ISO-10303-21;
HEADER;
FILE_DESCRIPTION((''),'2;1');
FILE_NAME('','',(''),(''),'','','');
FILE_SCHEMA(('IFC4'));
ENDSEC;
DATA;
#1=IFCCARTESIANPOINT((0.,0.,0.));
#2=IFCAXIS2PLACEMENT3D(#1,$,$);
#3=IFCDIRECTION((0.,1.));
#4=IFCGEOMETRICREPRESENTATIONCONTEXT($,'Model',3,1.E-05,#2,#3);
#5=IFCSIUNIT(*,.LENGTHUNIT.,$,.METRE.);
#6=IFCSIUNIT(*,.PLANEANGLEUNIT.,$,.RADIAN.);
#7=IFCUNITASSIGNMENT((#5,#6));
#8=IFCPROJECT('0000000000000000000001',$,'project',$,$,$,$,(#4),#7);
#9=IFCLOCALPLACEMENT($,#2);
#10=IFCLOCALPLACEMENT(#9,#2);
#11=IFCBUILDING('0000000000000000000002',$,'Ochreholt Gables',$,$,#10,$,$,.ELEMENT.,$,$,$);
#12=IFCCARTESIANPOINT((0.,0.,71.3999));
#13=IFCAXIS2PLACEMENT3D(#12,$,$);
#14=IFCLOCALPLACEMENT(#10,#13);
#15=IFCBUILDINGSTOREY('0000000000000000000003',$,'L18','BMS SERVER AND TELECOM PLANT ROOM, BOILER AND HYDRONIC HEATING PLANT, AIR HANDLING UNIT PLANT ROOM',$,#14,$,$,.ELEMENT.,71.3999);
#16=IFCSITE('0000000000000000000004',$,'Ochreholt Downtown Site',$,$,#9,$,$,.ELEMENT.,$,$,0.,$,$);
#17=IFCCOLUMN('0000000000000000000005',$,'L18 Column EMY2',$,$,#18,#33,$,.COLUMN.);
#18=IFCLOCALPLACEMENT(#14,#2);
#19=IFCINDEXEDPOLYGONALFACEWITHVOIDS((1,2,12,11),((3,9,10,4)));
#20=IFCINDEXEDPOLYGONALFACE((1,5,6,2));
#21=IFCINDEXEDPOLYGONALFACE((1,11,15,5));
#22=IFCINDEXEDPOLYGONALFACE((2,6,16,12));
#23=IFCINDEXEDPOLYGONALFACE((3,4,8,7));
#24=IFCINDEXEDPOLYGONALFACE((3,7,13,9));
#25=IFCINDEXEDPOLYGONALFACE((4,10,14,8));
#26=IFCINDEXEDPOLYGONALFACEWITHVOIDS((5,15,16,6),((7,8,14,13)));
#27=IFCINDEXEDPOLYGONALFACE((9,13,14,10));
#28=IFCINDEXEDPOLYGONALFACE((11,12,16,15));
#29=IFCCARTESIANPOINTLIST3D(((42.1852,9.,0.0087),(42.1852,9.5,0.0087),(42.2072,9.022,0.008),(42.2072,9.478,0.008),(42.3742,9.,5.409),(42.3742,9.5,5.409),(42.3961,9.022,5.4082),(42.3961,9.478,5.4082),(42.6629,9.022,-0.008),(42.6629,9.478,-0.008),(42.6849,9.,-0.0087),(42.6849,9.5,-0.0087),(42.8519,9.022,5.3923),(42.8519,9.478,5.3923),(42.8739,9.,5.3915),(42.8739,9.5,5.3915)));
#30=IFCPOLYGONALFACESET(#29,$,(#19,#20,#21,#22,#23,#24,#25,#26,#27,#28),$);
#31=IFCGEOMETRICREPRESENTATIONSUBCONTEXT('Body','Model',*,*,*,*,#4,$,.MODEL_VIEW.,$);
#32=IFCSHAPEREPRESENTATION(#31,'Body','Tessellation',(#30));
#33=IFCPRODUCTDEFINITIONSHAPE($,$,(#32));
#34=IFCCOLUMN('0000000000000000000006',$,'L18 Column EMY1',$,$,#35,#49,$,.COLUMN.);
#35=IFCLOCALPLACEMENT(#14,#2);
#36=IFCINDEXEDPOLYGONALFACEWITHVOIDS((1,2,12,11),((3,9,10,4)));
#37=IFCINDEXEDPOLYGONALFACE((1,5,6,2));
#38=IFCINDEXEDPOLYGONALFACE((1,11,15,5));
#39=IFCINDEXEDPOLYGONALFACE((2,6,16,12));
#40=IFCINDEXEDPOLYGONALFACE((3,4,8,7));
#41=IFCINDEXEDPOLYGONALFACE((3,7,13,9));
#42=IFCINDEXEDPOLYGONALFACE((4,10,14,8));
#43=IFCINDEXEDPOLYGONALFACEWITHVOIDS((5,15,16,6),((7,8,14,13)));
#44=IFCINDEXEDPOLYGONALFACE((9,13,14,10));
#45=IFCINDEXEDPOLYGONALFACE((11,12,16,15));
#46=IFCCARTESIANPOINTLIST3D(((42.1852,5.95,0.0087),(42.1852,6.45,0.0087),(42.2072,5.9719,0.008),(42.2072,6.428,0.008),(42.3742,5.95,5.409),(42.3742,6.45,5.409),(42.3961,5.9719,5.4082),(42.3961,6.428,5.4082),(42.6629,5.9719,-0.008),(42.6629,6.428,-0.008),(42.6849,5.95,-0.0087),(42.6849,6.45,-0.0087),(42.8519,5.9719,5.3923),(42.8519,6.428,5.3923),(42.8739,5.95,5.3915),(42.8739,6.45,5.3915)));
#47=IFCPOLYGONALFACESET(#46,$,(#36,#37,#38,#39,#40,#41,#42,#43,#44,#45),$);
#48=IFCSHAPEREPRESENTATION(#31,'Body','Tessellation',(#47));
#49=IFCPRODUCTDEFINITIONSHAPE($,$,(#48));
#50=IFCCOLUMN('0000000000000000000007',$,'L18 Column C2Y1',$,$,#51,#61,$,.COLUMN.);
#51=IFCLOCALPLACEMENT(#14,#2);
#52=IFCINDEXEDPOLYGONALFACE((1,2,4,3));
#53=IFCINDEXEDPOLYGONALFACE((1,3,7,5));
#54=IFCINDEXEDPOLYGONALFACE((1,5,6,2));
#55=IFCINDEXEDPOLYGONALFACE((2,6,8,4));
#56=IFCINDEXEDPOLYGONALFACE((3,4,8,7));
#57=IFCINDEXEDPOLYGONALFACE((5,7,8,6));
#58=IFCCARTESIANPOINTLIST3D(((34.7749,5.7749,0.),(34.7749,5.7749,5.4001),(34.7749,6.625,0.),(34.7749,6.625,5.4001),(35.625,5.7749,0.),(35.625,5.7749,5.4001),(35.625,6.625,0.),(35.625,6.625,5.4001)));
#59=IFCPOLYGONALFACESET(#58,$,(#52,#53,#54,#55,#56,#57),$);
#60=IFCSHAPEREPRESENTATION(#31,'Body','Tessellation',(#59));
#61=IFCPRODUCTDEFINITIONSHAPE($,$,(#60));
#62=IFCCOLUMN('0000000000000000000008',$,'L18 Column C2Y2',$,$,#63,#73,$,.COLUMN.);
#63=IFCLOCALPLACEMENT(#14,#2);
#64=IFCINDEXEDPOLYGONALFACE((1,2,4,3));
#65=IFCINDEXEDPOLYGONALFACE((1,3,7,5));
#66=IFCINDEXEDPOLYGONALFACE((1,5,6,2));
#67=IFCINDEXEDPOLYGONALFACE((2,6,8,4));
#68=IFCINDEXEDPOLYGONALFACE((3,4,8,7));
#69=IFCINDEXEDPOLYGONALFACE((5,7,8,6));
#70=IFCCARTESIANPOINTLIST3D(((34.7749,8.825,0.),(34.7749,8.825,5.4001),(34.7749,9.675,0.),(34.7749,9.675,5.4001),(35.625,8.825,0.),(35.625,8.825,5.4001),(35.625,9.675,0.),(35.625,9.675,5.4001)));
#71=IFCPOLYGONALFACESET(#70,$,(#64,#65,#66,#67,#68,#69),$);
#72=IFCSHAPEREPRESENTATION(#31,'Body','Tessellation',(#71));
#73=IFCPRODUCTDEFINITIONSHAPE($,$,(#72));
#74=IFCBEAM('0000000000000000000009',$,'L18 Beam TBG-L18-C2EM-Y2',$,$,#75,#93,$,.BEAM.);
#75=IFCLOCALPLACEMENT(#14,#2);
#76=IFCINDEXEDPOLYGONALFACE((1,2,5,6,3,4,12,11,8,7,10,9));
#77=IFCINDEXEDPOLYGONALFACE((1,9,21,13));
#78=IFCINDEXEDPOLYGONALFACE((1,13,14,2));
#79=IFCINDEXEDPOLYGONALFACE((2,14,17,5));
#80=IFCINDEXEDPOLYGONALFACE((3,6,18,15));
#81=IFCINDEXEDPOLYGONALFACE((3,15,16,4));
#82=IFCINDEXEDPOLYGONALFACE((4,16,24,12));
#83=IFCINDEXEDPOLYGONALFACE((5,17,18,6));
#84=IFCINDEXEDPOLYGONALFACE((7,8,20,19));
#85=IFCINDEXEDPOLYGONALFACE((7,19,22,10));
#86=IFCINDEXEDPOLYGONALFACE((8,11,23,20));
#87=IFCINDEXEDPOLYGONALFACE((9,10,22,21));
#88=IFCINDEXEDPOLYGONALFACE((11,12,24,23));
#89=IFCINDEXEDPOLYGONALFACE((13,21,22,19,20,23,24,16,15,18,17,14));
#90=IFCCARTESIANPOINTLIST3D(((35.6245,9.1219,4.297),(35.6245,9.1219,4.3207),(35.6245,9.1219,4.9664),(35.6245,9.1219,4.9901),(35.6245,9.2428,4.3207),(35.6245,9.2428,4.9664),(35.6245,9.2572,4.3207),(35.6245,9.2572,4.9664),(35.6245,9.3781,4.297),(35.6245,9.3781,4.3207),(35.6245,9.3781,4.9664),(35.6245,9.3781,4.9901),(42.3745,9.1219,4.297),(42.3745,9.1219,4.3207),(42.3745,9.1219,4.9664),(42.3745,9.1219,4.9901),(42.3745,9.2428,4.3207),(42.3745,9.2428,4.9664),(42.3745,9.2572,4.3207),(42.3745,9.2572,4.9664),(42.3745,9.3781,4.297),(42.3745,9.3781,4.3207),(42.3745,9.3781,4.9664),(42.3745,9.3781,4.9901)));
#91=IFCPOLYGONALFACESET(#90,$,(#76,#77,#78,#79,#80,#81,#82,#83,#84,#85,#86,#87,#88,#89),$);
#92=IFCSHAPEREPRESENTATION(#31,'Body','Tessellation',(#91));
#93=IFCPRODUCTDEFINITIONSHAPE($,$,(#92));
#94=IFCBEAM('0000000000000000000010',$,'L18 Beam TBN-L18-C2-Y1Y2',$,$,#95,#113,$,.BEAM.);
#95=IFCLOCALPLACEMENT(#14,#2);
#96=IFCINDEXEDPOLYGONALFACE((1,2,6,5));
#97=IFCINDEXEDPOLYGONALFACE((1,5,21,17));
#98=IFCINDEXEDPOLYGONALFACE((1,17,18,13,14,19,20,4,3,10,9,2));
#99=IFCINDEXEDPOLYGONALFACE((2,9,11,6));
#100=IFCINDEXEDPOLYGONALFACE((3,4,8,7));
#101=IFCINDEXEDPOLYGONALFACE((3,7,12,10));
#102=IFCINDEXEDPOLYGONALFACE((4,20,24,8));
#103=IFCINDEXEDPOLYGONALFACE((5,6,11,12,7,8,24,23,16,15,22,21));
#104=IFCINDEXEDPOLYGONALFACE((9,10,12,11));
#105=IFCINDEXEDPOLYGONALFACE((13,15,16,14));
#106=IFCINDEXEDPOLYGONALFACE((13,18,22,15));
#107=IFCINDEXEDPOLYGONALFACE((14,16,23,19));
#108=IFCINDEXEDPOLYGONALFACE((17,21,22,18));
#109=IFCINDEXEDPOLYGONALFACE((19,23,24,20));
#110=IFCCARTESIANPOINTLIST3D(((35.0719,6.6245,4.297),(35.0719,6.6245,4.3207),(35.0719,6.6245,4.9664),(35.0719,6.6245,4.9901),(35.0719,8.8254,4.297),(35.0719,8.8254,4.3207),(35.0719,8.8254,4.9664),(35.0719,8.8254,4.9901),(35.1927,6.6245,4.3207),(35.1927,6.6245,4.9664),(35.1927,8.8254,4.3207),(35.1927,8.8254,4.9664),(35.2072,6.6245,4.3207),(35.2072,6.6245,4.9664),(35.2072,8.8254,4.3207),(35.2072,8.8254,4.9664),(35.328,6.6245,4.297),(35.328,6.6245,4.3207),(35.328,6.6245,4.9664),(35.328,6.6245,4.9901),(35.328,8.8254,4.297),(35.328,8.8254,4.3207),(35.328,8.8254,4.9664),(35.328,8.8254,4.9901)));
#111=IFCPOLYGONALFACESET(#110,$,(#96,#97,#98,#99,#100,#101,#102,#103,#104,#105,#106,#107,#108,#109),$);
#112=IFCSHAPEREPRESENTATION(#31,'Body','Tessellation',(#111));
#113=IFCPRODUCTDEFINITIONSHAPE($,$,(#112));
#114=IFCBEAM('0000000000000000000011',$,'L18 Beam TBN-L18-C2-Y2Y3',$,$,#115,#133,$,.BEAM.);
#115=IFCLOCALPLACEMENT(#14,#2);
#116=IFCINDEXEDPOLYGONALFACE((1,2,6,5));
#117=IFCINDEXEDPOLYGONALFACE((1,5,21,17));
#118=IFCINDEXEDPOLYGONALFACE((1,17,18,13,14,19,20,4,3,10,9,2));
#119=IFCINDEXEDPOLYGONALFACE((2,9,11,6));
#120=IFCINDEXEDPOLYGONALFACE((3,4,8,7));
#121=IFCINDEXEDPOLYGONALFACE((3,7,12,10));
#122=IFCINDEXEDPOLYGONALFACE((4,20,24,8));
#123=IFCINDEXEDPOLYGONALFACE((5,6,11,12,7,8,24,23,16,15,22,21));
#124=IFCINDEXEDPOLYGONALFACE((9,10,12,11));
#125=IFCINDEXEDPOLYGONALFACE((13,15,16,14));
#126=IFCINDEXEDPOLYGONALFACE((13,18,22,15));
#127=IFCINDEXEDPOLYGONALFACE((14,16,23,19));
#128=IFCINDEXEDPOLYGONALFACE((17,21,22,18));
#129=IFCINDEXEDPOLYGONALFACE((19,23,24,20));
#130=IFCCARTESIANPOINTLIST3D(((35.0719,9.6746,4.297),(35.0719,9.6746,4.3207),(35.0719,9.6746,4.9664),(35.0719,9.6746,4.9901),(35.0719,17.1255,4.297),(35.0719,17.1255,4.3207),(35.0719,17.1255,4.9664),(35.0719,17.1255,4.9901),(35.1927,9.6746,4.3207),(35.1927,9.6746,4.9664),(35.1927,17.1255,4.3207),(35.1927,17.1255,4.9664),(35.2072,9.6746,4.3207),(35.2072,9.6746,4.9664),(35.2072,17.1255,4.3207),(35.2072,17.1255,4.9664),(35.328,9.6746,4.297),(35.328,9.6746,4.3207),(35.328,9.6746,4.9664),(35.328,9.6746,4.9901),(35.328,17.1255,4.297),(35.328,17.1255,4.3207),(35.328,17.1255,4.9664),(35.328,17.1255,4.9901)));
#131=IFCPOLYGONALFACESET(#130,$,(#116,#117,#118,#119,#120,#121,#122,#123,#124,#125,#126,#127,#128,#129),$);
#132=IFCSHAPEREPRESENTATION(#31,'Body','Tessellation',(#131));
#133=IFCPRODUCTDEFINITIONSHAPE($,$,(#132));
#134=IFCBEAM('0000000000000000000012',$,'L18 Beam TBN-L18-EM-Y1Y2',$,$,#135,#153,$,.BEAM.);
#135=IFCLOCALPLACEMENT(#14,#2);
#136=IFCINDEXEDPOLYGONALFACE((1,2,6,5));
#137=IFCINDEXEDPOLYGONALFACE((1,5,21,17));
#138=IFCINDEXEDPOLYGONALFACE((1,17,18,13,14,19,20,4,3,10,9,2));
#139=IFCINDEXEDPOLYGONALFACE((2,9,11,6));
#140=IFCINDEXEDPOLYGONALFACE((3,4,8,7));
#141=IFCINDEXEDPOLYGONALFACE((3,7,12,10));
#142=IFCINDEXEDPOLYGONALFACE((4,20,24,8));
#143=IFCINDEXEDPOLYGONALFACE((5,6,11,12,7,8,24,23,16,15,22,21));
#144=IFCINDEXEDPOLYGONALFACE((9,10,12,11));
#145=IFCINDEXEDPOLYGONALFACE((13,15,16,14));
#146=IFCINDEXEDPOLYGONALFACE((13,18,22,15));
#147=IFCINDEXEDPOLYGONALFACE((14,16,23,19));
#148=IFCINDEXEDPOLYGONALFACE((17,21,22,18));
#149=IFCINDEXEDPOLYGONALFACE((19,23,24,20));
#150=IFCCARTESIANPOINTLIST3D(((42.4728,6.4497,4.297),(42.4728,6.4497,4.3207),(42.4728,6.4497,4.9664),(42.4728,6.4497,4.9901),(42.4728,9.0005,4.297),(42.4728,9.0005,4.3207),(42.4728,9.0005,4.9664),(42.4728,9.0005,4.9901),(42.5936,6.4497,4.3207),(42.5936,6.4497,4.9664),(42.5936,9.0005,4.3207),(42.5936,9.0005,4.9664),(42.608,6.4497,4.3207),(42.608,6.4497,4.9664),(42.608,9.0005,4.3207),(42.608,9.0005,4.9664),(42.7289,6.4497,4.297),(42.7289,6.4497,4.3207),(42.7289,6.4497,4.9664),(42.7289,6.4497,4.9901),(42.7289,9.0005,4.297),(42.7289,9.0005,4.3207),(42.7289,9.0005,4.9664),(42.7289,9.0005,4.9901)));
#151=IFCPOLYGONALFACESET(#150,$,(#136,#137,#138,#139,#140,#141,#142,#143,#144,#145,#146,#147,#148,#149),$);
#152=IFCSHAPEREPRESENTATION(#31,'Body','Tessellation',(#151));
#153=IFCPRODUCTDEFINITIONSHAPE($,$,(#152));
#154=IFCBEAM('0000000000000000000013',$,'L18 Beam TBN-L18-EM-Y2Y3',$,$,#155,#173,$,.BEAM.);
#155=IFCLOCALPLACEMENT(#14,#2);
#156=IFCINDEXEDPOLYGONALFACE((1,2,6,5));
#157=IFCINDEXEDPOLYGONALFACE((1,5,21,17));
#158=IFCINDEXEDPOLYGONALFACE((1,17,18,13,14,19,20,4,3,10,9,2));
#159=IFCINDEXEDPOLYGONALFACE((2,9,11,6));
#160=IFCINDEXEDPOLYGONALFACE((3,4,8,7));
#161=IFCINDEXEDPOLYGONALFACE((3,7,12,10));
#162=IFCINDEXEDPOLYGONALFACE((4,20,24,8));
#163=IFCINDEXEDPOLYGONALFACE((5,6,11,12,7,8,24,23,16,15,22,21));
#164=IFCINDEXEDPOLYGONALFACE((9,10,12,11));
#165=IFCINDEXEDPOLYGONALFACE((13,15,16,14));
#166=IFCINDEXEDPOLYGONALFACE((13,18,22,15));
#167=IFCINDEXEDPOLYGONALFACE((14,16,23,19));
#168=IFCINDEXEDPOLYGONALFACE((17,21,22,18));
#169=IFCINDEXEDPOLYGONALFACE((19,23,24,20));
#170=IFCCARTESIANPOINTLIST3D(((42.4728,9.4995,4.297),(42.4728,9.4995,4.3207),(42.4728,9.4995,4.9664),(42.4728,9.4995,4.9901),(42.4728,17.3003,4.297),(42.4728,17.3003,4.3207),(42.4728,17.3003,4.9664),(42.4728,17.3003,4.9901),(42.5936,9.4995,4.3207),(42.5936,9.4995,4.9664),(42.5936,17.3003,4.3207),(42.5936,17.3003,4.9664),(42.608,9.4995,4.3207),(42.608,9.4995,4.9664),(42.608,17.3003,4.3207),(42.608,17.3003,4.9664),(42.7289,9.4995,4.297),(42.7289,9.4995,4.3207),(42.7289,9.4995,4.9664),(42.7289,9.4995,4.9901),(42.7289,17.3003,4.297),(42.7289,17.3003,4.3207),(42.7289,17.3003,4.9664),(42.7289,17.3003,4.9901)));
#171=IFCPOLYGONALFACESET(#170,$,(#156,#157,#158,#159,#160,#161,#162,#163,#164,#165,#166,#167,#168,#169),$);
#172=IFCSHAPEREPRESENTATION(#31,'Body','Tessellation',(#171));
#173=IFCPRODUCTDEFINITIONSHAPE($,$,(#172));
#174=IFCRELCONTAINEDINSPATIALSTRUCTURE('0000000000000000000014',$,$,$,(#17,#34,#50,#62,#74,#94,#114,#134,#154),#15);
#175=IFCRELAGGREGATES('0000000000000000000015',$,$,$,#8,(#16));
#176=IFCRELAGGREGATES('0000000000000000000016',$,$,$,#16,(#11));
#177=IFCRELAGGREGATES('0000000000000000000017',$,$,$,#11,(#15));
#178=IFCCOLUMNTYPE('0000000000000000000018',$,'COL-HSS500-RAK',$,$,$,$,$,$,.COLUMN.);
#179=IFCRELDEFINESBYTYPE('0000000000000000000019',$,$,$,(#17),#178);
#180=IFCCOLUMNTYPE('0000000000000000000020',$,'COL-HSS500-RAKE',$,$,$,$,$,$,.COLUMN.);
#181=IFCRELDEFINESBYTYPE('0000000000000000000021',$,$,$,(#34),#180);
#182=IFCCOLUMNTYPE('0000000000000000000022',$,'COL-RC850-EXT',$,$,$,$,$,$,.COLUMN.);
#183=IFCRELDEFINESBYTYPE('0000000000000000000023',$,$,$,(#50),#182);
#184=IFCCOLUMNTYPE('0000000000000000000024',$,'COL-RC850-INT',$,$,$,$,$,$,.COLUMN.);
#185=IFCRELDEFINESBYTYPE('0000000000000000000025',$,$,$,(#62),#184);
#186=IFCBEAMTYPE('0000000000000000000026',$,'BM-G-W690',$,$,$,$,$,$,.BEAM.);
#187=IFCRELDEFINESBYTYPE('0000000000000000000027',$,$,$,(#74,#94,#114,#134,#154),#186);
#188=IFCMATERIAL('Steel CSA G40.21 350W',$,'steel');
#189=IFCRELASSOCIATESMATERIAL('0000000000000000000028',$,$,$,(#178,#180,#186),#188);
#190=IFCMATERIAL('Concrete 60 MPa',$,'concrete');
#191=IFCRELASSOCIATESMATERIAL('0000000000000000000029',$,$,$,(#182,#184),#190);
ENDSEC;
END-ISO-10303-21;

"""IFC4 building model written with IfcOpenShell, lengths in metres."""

from ifc_helpers import new_model, si_unit, direction, frame, origin, origin_2d, place, context, subcontext, project, spatial, rectangle, hollow_rectangle, i_section, extrude, material, material_profile, profile_set, type_object, element, save


model = new_model("IFC4")

# Units and contexts
model_context = context("Model", 3, precision=1e-05, world=origin(), true_north=direction((0.0, 1.0)))
body_context = subcontext(model_context, "Body", "Model", "MODEL_VIEW")
ifc_project = project(units=[si_unit("LENGTHUNIT", "METRE"), si_unit("PLANEANGLEUNIT", "RADIAN")], contexts=[model_context])

# Site, building, storey
site_placement = place(None, origin())
site = spatial("IfcSite", under=ifc_project, at=site_placement, Name="Ochreholt Downtown Site", CompositionType="ELEMENT", RefElevation=0.0)
building_placement = place(site_placement, origin())
building = spatial("IfcBuilding", under=site, at=building_placement, Name="Ochreholt Gables", CompositionType="ELEMENT")
storey_placement = place(building_placement, frame((0.0, 0.0, 71.3999)))
storey = spatial("IfcBuildingStorey", under=building, at=storey_placement, Name="L18", Description="BMS SERVER AND TELECOM PLANT ROOM, BOILER AND HYDRONIC HEATING PLANT, AIR HANDLING UNIT PLANT ROOM", CompositionType="ELEMENT", Elevation=71.3999)

# Columns
ifc_material_1 = material(Name="Steel CSA G40.21 350W", Category="steel")
ifc_material_profile_1 = material_profile(ifc_material_1, hollow_rectangle(XDim=0.5, YDim=0.5, WallThickness=0.022, at=origin_2d()), Name="HSS500X500X22")
ifc_profile_set_1 = profile_set([ifc_material_profile_1], Name="Steel CSA G40.21 350W")
column_type_1 = type_object("IfcColumnType", Name="COL-HSS500-RAK", PredefinedType="COLUMN", material=ifc_profile_set_1)
column_1_placement = place(storey_placement, frame((42.4351, 9.25, 0.0), z_axis=(0.034971, 0.0, 0.999388), x_axis=(0.0, 1.0, 0.0)))
element("IfcColumn", 1, at=column_1_placement, inside=storey, type_object=column_type_1, Name="L18 Column EMY2", PredefinedType="COLUMN", context=body_context, shape_type="SweptSolid", body=[
    extrude(hollow_rectangle(XDim=0.5, YDim=0.5, WallThickness=0.022, at=origin_2d()), origin(), (0.0, 0.0, 1.0), 5.4036),
])
ifc_material_profile_2 = material_profile(ifc_material_1, hollow_rectangle(XDim=0.5, YDim=0.5, WallThickness=0.022, at=origin_2d()), Name="HSS500X500X22")
ifc_profile_set_2 = profile_set([ifc_material_profile_2], Name="Steel CSA G40.21 350W")
column_type_2 = type_object("IfcColumnType", Name="COL-HSS500-RAKE", PredefinedType="COLUMN", material=ifc_profile_set_2)
column_2_placement = place(storey_placement, frame((42.4351, 6.2, 0.0), z_axis=(0.034971, 0.0, 0.999388), x_axis=(0.0, 1.0, 0.0)))
element("IfcColumn", 2, at=column_2_placement, inside=storey, type_object=column_type_2, Name="L18 Column EMY1", PredefinedType="COLUMN", context=body_context, shape_type="SweptSolid", body=[
    extrude(hollow_rectangle(XDim=0.5, YDim=0.5, WallThickness=0.022, at=origin_2d()), origin(), (0.0, 0.0, 1.0), 5.4036),
])
ifc_material_2 = material(Name="Concrete 60 MPa", Category="concrete")
ifc_material_profile_3 = material_profile(ifc_material_2, rectangle(XDim=0.8501, YDim=0.8501, at=origin_2d()), Name="RC850X850")
ifc_profile_set_3 = profile_set([ifc_material_profile_3], Name="Concrete 60 MPa")
column_type_3 = type_object("IfcColumnType", Name="COL-RC850-EXT", PredefinedType="COLUMN", material=ifc_profile_set_3)
column_3_placement = place(storey_placement, frame((35.2, 6.2, 0.0), z_axis=(0.0, 0.0, 1.0), x_axis=(1.0, 0.0, 0.0)))
element("IfcColumn", 3, at=column_3_placement, inside=storey, type_object=column_type_3, Name="L18 Column C2Y1", PredefinedType="COLUMN", context=body_context, shape_type="SweptSolid", body=[
    extrude(rectangle(XDim=0.8501, YDim=0.8501, at=origin_2d()), origin(), (0.0, 0.0, 1.0), 5.4001),
])
ifc_material_profile_4 = material_profile(ifc_material_2, rectangle(XDim=0.8501, YDim=0.8501, at=origin_2d()), Name="RC850X850")
ifc_profile_set_4 = profile_set([ifc_material_profile_4], Name="Concrete 60 MPa")
column_type_4 = type_object("IfcColumnType", Name="COL-RC850-INT", PredefinedType="COLUMN", material=ifc_profile_set_4)
column_4_placement = place(storey_placement, frame((35.2, 9.25, 0.0), z_axis=(0.0, 0.0, 1.0), x_axis=(1.0, 0.0, 0.0)))
element("IfcColumn", 4, at=column_4_placement, inside=storey, type_object=column_type_4, Name="L18 Column C2Y2", PredefinedType="COLUMN", context=body_context, shape_type="SweptSolid", body=[
    extrude(rectangle(XDim=0.8501, YDim=0.8501, at=origin_2d()), origin(), (0.0, 0.0, 1.0), 5.4001),
])

# Beams
ifc_material_profile_5 = material_profile(ifc_material_1, i_section(OverallWidth=0.2561, OverallDepth=0.6931, WebThickness=0.0144, FlangeThickness=0.0237, at=origin_2d()), Name="W690X170")
ifc_profile_set_5 = profile_set([ifc_material_profile_5], Name="Steel CSA G40.21 350W")
beam_type_1 = type_object("IfcBeamType", Name="BM-G-W690", PredefinedType="BEAM", material=ifc_profile_set_5)
beam_1_placement = place(storey_placement, frame((35.6245, 9.25, 4.6436), z_axis=(1.0, 0.0, 0.0), x_axis=(0.0, 1.0, 0.0)))
element("IfcBeam", 5, at=beam_1_placement, inside=storey, type_object=beam_type_1, Name="L18 Beam TBG-L18-C2EM-Y2", PredefinedType="BEAM", context=body_context, shape_type="SweptSolid", body=[
    extrude(i_section(OverallWidth=0.2561, OverallDepth=0.6931, WebThickness=0.0144, FlangeThickness=0.0237, at=origin_2d()), origin(), (0.0, 0.0, 1.0), 6.75),
])
beam_2_placement = place(storey_placement, frame((35.2, 6.6245, 4.6436), z_axis=(0.0, 1.0, 0.0), x_axis=(-1.0, 0.0, 0.0)))
element("IfcBeam", 6, at=beam_2_placement, inside=storey, type_object=beam_type_1, Name="L18 Beam TBN-L18-C2-Y1Y2", PredefinedType="BEAM", context=body_context, shape_type="SweptSolid", body=[
    extrude(i_section(OverallWidth=0.2561, OverallDepth=0.6931, WebThickness=0.0144, FlangeThickness=0.0237, at=origin_2d()), origin(), (0.0, 0.0, 1.0), 2.2009),
])
beam_3_placement = place(storey_placement, frame((35.2, 9.6746, 4.6436), z_axis=(0.0, 1.0, 0.0), x_axis=(-1.0, 0.0, 0.0)))
element("IfcBeam", 7, at=beam_3_placement, inside=storey, type_object=beam_type_1, Name="L18 Beam TBN-L18-C2-Y2Y3", PredefinedType="BEAM", context=body_context, shape_type="SweptSolid", body=[
    extrude(i_section(OverallWidth=0.2561, OverallDepth=0.6931, WebThickness=0.0144, FlangeThickness=0.0237, at=origin_2d()), origin(), (0.0, 0.0, 1.0), 7.4509),
])
beam_4_placement = place(storey_placement, frame((42.6008, 6.4497, 4.6436), z_axis=(0.0, 1.0, 0.0), x_axis=(-1.0, 0.0, 0.0)))
element("IfcBeam", 8, at=beam_4_placement, inside=storey, type_object=beam_type_1, Name="L18 Beam TBN-L18-EM-Y1Y2", PredefinedType="BEAM", context=body_context, shape_type="SweptSolid", body=[
    extrude(i_section(OverallWidth=0.2561, OverallDepth=0.6931, WebThickness=0.0144, FlangeThickness=0.0237, at=origin_2d()), origin(), (0.0, 0.0, 1.0), 2.5508),
])
beam_5_placement = place(storey_placement, frame((42.6008, 9.4995, 4.6436), z_axis=(0.0, 1.0, 0.0), x_axis=(-1.0, 0.0, 0.0)))
element("IfcBeam", 9, at=beam_5_placement, inside=storey, type_object=beam_type_1, Name="L18 Beam TBN-L18-EM-Y2Y3", PredefinedType="BEAM", context=body_context, shape_type="SweptSolid", body=[
    extrude(i_section(OverallWidth=0.2561, OverallDepth=0.6931, WebThickness=0.0144, FlangeThickness=0.0237, at=origin_2d()), origin(), (0.0, 0.0, 1.0), 7.8008),
])

save(model, "model.ifc")
